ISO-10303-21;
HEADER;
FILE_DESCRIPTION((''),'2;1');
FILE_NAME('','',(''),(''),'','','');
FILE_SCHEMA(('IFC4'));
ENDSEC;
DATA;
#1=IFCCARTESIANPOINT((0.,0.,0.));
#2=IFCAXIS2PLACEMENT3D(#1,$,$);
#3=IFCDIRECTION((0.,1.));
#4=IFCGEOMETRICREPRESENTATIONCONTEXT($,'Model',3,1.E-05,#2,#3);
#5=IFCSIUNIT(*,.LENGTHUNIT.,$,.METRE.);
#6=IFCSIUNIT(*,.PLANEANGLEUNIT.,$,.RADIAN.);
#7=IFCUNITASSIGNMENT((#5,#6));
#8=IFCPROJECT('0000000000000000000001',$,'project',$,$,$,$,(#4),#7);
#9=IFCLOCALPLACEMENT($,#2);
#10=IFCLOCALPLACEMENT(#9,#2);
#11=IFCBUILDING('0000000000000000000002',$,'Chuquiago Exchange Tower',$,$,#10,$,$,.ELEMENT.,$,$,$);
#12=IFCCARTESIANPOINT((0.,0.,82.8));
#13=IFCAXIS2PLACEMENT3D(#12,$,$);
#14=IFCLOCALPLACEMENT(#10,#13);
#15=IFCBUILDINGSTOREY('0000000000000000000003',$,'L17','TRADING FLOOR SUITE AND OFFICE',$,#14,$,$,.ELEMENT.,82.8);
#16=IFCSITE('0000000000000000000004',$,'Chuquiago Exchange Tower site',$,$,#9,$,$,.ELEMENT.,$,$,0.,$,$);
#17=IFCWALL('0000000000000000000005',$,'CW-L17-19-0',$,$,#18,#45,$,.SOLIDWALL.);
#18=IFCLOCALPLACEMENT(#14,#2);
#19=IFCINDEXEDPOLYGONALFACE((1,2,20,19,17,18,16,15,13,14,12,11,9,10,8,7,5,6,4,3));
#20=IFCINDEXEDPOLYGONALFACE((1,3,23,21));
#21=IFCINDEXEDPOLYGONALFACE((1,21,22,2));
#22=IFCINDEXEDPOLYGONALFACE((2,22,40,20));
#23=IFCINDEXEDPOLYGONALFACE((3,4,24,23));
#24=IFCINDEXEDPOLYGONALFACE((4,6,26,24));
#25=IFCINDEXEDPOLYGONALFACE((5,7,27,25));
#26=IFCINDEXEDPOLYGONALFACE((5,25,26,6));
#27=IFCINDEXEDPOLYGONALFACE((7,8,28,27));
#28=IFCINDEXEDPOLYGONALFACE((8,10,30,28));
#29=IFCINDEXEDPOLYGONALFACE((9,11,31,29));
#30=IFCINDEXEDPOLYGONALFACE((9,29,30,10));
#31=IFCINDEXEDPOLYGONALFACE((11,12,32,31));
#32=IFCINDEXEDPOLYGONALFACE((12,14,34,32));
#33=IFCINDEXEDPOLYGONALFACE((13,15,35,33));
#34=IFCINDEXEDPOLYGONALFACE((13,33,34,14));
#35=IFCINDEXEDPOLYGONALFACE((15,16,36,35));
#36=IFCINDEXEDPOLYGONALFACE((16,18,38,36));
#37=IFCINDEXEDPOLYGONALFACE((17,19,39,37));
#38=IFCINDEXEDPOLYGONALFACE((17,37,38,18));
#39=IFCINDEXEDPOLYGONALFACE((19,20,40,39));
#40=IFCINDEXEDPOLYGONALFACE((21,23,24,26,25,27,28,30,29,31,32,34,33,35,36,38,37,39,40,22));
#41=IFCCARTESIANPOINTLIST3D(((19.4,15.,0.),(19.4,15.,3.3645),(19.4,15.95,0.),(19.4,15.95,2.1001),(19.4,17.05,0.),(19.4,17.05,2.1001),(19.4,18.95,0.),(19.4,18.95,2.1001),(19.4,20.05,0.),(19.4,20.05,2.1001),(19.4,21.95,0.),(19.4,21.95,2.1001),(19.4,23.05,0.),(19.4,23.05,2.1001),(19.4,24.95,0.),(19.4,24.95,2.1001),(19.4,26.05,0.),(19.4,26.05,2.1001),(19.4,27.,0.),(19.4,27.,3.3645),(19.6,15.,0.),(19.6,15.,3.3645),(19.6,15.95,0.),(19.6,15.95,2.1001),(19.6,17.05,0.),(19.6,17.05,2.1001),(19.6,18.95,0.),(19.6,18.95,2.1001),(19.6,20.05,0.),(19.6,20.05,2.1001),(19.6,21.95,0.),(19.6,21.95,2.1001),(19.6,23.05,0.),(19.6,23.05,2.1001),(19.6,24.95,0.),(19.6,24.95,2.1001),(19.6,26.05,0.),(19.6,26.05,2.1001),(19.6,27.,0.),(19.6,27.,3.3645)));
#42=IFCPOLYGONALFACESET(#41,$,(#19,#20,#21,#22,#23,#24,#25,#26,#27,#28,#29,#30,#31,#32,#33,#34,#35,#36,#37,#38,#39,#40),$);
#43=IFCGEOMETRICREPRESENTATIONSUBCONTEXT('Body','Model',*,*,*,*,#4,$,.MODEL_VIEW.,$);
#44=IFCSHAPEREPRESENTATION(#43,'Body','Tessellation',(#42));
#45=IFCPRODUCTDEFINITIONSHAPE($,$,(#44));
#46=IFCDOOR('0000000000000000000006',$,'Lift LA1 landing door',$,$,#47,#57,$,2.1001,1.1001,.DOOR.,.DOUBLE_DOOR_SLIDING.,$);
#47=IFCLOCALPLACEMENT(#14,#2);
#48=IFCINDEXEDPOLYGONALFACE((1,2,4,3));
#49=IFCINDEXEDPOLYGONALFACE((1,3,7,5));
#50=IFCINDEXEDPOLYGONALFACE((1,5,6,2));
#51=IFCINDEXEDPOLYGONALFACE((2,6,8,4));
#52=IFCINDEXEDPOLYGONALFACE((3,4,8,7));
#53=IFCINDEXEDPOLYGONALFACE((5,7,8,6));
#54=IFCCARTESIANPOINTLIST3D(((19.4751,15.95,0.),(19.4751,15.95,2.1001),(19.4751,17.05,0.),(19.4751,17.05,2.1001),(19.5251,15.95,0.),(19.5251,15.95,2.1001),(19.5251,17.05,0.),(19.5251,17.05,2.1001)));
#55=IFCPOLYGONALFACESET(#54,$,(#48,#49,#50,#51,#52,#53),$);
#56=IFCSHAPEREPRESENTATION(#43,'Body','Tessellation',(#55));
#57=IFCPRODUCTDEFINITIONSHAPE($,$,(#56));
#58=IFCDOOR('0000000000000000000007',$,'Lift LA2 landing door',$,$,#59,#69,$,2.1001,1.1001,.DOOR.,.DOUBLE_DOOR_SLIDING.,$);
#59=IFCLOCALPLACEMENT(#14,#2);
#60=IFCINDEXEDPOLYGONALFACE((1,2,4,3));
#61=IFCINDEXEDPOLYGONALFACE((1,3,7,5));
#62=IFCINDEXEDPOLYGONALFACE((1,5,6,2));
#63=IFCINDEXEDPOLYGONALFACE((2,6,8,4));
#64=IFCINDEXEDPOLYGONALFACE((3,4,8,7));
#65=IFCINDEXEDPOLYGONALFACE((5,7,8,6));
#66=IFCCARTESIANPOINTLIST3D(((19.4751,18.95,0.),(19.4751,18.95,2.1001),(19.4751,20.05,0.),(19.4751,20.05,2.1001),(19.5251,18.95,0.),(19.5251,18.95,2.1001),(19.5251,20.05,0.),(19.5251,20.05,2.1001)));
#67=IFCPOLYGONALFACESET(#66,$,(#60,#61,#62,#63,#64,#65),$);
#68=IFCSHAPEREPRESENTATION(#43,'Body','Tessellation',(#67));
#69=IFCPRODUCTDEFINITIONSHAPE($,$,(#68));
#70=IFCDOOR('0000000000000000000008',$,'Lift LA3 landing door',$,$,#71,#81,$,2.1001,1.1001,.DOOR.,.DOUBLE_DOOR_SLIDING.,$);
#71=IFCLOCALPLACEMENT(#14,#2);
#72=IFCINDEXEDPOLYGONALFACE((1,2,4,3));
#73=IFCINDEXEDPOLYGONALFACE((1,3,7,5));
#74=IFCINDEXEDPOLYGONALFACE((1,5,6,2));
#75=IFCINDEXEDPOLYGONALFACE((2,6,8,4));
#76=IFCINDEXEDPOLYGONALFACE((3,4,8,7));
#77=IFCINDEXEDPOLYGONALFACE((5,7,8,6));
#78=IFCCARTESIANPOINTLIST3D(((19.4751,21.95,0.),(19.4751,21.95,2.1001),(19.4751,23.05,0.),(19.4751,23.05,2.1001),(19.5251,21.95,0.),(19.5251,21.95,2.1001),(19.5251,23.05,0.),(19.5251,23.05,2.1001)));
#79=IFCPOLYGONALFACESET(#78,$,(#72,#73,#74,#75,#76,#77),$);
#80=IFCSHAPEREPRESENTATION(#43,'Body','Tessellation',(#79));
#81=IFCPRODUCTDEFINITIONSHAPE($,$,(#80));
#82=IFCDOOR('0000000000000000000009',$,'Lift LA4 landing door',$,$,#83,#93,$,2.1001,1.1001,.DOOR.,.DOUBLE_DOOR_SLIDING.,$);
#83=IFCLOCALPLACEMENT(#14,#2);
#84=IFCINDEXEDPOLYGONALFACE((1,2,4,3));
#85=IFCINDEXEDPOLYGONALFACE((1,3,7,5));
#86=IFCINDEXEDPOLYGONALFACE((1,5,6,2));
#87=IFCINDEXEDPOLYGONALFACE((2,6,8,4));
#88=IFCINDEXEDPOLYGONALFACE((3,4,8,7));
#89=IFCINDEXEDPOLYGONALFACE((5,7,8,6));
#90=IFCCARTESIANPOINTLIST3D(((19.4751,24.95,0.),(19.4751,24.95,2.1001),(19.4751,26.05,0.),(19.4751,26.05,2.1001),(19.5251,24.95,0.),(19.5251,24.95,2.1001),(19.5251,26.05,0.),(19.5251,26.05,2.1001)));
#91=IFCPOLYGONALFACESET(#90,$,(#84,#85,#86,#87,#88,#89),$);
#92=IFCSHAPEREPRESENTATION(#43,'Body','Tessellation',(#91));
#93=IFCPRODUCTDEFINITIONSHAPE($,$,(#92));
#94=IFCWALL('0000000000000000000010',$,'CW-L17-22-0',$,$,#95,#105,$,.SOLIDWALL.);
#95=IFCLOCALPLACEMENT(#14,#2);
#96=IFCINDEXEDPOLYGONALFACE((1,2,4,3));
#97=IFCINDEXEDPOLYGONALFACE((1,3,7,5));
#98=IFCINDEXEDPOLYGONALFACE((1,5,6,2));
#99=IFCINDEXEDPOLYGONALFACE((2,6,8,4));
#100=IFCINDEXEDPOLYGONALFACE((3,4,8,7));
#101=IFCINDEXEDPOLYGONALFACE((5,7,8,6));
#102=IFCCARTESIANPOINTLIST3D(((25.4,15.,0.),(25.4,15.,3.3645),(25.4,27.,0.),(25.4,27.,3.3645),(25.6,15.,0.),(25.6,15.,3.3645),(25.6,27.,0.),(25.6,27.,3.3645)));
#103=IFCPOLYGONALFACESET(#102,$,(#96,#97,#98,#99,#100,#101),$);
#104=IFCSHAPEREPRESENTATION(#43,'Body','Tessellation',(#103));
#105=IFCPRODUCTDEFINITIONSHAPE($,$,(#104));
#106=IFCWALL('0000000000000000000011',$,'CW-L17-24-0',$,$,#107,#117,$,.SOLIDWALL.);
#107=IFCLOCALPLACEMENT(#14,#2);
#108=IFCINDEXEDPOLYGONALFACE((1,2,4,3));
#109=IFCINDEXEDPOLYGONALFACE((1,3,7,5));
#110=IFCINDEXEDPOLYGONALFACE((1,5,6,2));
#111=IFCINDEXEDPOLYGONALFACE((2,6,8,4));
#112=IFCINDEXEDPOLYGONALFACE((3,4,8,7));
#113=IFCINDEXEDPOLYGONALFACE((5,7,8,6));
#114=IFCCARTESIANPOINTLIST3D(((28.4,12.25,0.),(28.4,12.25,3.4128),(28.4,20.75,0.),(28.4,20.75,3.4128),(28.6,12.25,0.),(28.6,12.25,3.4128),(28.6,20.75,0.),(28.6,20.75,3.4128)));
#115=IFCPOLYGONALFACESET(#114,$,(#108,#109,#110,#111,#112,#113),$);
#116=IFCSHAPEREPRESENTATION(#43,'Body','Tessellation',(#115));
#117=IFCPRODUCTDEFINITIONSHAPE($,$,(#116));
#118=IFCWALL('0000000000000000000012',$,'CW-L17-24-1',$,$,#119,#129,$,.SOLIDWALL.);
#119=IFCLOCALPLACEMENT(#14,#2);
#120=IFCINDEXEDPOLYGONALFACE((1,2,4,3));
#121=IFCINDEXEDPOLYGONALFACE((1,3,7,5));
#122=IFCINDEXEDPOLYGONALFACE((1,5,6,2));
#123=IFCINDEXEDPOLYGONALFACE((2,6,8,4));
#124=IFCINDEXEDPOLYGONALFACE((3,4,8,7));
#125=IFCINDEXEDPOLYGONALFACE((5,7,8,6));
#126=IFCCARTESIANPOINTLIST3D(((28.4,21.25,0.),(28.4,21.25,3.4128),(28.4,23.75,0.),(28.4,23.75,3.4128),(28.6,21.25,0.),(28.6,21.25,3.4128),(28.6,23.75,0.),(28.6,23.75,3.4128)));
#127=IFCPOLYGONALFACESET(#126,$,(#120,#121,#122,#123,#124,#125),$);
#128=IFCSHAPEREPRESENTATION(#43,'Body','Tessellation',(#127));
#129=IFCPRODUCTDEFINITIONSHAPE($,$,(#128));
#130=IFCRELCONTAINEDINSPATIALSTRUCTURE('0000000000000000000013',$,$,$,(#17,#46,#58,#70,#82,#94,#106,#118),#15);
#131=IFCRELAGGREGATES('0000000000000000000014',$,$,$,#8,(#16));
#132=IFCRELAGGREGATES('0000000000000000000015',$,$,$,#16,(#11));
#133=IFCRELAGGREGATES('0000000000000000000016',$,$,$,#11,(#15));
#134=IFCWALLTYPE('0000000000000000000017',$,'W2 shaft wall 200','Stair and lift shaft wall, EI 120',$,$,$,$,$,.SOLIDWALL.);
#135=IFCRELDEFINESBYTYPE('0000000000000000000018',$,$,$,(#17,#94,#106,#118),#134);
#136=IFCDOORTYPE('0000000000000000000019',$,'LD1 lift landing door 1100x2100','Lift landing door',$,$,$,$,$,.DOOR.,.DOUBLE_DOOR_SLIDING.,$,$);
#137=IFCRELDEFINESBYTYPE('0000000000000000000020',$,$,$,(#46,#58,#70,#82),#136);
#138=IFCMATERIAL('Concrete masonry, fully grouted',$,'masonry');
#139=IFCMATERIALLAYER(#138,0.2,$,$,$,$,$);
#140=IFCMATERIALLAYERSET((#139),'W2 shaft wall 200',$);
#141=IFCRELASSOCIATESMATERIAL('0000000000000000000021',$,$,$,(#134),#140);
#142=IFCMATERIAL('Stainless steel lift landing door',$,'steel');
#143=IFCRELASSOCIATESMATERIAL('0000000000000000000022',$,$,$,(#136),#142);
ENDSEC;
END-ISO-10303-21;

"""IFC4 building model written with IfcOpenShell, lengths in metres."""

from ifc_helpers import new_model, si_unit, direction, frame, frame_2d, origin, place, context, subcontext, project, spatial, rectangle, extrude, material, layer, layer_set, type_object, element, fill, save


model = new_model("IFC4")

# Units and contexts
model_context = context("Model", 3, precision=1e-05, world=origin(), true_north=direction((0.0, 1.0)))
body_context = subcontext(model_context, "Body", "Model", "MODEL_VIEW")
ifc_project = project(units=[si_unit("LENGTHUNIT", "METRE"), si_unit("PLANEANGLEUNIT", "RADIAN")], contexts=[model_context])

# Site, building, storey
site_placement = place(None, origin())
site = spatial("IfcSite", under=ifc_project, at=site_placement, Name="Chuquiago Exchange Tower site", CompositionType="ELEMENT", RefElevation=0.0)
building_placement = place(site_placement, origin())
building = spatial("IfcBuilding", under=site, at=building_placement, Name="Chuquiago Exchange Tower", CompositionType="ELEMENT")
storey_placement = place(building_placement, frame((0.0, 0.0, 82.8)))
storey = spatial("IfcBuildingStorey", under=building, at=storey_placement, Name="L17", Description="TRADING FLOOR SUITE AND OFFICE", CompositionType="ELEMENT", Elevation=82.8)

# Shared definitions
ifc_material_1 = material(Name="Concrete masonry, fully grouted", Category="masonry")
ifc_layer_1 = layer(ifc_material_1, 0.2)
ifc_layer_set_1 = layer_set([ifc_layer_1], Name="W2 shaft wall 200")
wall_type_1 = type_object("IfcWallType", Name="W2 shaft wall 200", Description="Stair and lift shaft wall, EI 120", PredefinedType="SOLIDWALL", material=ifc_layer_set_1)

# Wall, openings, doors
wall_1_placement = place(storey_placement, frame((19.5, 15.0, 0.0), z_axis=(0.0, 0.0, 1.0), x_axis=(0.0, 1.0, 0.0)))
wall_1 = element("IfcWall", 1, at=wall_1_placement, inside=storey, type_object=wall_type_1, Name="CW-L17-19-0", PredefinedType="SOLIDWALL", context=body_context, shape_type="SweptSolid", body=[
    extrude(rectangle(XDim=12.0, YDim=0.2, at=frame_2d((6.0, 0.0))), origin(), (0.0, 0.0, 1.0), 3.3645),
])
opening_1_placement = place(wall_1_placement, frame((0.95, 0.0, 0.0)))
opening_1 = element("IfcOpeningElement", 2, at=opening_1_placement, cuts=wall_1, PredefinedType="OPENING", context=body_context, shape_type="SweptSolid", body=[
    extrude(rectangle(XDim=1.1001, YDim=2.1001, at=frame_2d((0.55, 1.05))), frame((0.0, 0.1099, 0.0), z_axis=(0.0, -1.0, 0.0), x_axis=(1.0, 0.0, 0.0)), (0.0, 0.0, 1.0), 0.22),
])
opening_2_placement = place(wall_1_placement, frame((3.95, 0.0, 0.0)))
opening_2 = element("IfcOpeningElement", 3, at=opening_2_placement, cuts=wall_1, PredefinedType="OPENING", context=body_context, shape_type="SweptSolid", body=[
    extrude(rectangle(XDim=1.1001, YDim=2.1001, at=frame_2d((0.55, 1.05))), frame((0.0, 0.1099, 0.0), z_axis=(0.0, -1.0, 0.0), x_axis=(1.0, 0.0, 0.0)), (0.0, 0.0, 1.0), 0.22),
])
opening_3_placement = place(wall_1_placement, frame((6.95, 0.0, 0.0)))
opening_3 = element("IfcOpeningElement", 4, at=opening_3_placement, cuts=wall_1, PredefinedType="OPENING", context=body_context, shape_type="SweptSolid", body=[
    extrude(rectangle(XDim=1.1001, YDim=2.1001, at=frame_2d((0.55, 1.05))), frame((0.0, 0.1099, 0.0), z_axis=(0.0, -1.0, 0.0), x_axis=(1.0, 0.0, 0.0)), (0.0, 0.0, 1.0), 0.22),
])
opening_4_placement = place(wall_1_placement, frame((9.95, 0.0, 0.0)))
opening_4 = element("IfcOpeningElement", 5, at=opening_4_placement, cuts=wall_1, PredefinedType="OPENING", context=body_context, shape_type="SweptSolid", body=[
    extrude(rectangle(XDim=1.1001, YDim=2.1001, at=frame_2d((0.55, 1.05))), frame((0.0, 0.1099, 0.0), z_axis=(0.0, -1.0, 0.0), x_axis=(1.0, 0.0, 0.0)), (0.0, 0.0, 1.0), 0.22),
])
ifc_material_2 = material(Name="Stainless steel lift landing door", Category="steel")
door_type_1 = type_object("IfcDoorType", Name="LD1 lift landing door 1100x2100", Description="Lift landing door", OperationType="DOUBLE_DOOR_SLIDING", PredefinedType="DOOR", material=ifc_material_2)
door_1_placement = place(opening_1_placement, origin())
door_1 = element("IfcDoor", 6, at=door_1_placement, inside=storey, type_object=door_type_1, Name="Lift LA1 landing door", OperationType="DOUBLE_DOOR_SLIDING", OverallHeight=2.1001, OverallWidth=1.1001, PredefinedType="DOOR", context=body_context, shape_type="SweptSolid", body=[
    extrude(rectangle(XDim=1.1001, YDim=2.1001, at=frame_2d((0.55, 1.05))), frame((0.0, 0.0249, 0.0), z_axis=(0.0, -1.0, 0.0), x_axis=(1.0, 0.0, 0.0)), (0.0, 0.0, 1.0), 0.05),
])
fill(opening_1, door_1)
door_2_placement = place(opening_2_placement, origin())
door_2 = element("IfcDoor", 7, at=door_2_placement, inside=storey, type_object=door_type_1, Name="Lift LA2 landing door", OperationType="DOUBLE_DOOR_SLIDING", OverallHeight=2.1001, OverallWidth=1.1001, PredefinedType="DOOR", context=body_context, shape_type="SweptSolid", body=[
    extrude(rectangle(XDim=1.1001, YDim=2.1001, at=frame_2d((0.55, 1.05))), frame((0.0, 0.0249, 0.0), z_axis=(0.0, -1.0, 0.0), x_axis=(1.0, 0.0, 0.0)), (0.0, 0.0, 1.0), 0.05),
])
fill(opening_2, door_2)
door_3_placement = place(opening_3_placement, origin())
door_3 = element("IfcDoor", 8, at=door_3_placement, inside=storey, type_object=door_type_1, Name="Lift LA3 landing door", OperationType="DOUBLE_DOOR_SLIDING", OverallHeight=2.1001, OverallWidth=1.1001, PredefinedType="DOOR", context=body_context, shape_type="SweptSolid", body=[
    extrude(rectangle(XDim=1.1001, YDim=2.1001, at=frame_2d((0.55, 1.05))), frame((0.0, 0.0249, 0.0), z_axis=(0.0, -1.0, 0.0), x_axis=(1.0, 0.0, 0.0)), (0.0, 0.0, 1.0), 0.05),
])
fill(opening_3, door_3)
door_4_placement = place(opening_4_placement, origin())
door_4 = element("IfcDoor", 9, at=door_4_placement, inside=storey, type_object=door_type_1, Name="Lift LA4 landing door", OperationType="DOUBLE_DOOR_SLIDING", OverallHeight=2.1001, OverallWidth=1.1001, PredefinedType="DOOR", context=body_context, shape_type="SweptSolid", body=[
    extrude(rectangle(XDim=1.1001, YDim=2.1001, at=frame_2d((0.55, 1.05))), frame((0.0, 0.0249, 0.0), z_axis=(0.0, -1.0, 0.0), x_axis=(1.0, 0.0, 0.0)), (0.0, 0.0, 1.0), 0.05),
])
fill(opening_4, door_4)

# Walls
wall_2_placement = place(storey_placement, frame((25.5, 15.0, 0.0), z_axis=(0.0, 0.0, 1.0), x_axis=(0.0, 1.0, 0.0)))
element("IfcWall", 10, at=wall_2_placement, inside=storey, type_object=wall_type_1, Name="CW-L17-22-0", PredefinedType="SOLIDWALL", context=body_context, shape_type="SweptSolid", body=[
    extrude(rectangle(XDim=12.0, YDim=0.2, at=frame_2d((6.0, 0.0))), origin(), (0.0, 0.0, 1.0), 3.3645),
])
wall_3_placement = place(storey_placement, frame((28.5, 12.25, 0.0), z_axis=(0.0, 0.0, 1.0), x_axis=(0.0, 1.0, 0.0)))
element("IfcWall", 11, at=wall_3_placement, inside=storey, type_object=wall_type_1, Name="CW-L17-24-0", PredefinedType="SOLIDWALL", context=body_context, shape_type="SweptSolid", body=[
    extrude(rectangle(XDim=8.5, YDim=0.2, at=frame_2d((4.25, 0.0))), origin(), (0.0, 0.0, 1.0), 3.4128),
])
wall_4_placement = place(storey_placement, frame((28.5, 21.25, 0.0), z_axis=(0.0, 0.0, 1.0), x_axis=(0.0, 1.0, 0.0)))
element("IfcWall", 12, at=wall_4_placement, inside=storey, type_object=wall_type_1, Name="CW-L17-24-1", PredefinedType="SOLIDWALL", context=body_context, shape_type="SweptSolid", body=[
    extrude(rectangle(XDim=2.5, YDim=0.2, at=frame_2d((1.25, 0.0))), origin(), (0.0, 0.0, 1.0), 3.4128),
])

save(model, "model.ifc")
